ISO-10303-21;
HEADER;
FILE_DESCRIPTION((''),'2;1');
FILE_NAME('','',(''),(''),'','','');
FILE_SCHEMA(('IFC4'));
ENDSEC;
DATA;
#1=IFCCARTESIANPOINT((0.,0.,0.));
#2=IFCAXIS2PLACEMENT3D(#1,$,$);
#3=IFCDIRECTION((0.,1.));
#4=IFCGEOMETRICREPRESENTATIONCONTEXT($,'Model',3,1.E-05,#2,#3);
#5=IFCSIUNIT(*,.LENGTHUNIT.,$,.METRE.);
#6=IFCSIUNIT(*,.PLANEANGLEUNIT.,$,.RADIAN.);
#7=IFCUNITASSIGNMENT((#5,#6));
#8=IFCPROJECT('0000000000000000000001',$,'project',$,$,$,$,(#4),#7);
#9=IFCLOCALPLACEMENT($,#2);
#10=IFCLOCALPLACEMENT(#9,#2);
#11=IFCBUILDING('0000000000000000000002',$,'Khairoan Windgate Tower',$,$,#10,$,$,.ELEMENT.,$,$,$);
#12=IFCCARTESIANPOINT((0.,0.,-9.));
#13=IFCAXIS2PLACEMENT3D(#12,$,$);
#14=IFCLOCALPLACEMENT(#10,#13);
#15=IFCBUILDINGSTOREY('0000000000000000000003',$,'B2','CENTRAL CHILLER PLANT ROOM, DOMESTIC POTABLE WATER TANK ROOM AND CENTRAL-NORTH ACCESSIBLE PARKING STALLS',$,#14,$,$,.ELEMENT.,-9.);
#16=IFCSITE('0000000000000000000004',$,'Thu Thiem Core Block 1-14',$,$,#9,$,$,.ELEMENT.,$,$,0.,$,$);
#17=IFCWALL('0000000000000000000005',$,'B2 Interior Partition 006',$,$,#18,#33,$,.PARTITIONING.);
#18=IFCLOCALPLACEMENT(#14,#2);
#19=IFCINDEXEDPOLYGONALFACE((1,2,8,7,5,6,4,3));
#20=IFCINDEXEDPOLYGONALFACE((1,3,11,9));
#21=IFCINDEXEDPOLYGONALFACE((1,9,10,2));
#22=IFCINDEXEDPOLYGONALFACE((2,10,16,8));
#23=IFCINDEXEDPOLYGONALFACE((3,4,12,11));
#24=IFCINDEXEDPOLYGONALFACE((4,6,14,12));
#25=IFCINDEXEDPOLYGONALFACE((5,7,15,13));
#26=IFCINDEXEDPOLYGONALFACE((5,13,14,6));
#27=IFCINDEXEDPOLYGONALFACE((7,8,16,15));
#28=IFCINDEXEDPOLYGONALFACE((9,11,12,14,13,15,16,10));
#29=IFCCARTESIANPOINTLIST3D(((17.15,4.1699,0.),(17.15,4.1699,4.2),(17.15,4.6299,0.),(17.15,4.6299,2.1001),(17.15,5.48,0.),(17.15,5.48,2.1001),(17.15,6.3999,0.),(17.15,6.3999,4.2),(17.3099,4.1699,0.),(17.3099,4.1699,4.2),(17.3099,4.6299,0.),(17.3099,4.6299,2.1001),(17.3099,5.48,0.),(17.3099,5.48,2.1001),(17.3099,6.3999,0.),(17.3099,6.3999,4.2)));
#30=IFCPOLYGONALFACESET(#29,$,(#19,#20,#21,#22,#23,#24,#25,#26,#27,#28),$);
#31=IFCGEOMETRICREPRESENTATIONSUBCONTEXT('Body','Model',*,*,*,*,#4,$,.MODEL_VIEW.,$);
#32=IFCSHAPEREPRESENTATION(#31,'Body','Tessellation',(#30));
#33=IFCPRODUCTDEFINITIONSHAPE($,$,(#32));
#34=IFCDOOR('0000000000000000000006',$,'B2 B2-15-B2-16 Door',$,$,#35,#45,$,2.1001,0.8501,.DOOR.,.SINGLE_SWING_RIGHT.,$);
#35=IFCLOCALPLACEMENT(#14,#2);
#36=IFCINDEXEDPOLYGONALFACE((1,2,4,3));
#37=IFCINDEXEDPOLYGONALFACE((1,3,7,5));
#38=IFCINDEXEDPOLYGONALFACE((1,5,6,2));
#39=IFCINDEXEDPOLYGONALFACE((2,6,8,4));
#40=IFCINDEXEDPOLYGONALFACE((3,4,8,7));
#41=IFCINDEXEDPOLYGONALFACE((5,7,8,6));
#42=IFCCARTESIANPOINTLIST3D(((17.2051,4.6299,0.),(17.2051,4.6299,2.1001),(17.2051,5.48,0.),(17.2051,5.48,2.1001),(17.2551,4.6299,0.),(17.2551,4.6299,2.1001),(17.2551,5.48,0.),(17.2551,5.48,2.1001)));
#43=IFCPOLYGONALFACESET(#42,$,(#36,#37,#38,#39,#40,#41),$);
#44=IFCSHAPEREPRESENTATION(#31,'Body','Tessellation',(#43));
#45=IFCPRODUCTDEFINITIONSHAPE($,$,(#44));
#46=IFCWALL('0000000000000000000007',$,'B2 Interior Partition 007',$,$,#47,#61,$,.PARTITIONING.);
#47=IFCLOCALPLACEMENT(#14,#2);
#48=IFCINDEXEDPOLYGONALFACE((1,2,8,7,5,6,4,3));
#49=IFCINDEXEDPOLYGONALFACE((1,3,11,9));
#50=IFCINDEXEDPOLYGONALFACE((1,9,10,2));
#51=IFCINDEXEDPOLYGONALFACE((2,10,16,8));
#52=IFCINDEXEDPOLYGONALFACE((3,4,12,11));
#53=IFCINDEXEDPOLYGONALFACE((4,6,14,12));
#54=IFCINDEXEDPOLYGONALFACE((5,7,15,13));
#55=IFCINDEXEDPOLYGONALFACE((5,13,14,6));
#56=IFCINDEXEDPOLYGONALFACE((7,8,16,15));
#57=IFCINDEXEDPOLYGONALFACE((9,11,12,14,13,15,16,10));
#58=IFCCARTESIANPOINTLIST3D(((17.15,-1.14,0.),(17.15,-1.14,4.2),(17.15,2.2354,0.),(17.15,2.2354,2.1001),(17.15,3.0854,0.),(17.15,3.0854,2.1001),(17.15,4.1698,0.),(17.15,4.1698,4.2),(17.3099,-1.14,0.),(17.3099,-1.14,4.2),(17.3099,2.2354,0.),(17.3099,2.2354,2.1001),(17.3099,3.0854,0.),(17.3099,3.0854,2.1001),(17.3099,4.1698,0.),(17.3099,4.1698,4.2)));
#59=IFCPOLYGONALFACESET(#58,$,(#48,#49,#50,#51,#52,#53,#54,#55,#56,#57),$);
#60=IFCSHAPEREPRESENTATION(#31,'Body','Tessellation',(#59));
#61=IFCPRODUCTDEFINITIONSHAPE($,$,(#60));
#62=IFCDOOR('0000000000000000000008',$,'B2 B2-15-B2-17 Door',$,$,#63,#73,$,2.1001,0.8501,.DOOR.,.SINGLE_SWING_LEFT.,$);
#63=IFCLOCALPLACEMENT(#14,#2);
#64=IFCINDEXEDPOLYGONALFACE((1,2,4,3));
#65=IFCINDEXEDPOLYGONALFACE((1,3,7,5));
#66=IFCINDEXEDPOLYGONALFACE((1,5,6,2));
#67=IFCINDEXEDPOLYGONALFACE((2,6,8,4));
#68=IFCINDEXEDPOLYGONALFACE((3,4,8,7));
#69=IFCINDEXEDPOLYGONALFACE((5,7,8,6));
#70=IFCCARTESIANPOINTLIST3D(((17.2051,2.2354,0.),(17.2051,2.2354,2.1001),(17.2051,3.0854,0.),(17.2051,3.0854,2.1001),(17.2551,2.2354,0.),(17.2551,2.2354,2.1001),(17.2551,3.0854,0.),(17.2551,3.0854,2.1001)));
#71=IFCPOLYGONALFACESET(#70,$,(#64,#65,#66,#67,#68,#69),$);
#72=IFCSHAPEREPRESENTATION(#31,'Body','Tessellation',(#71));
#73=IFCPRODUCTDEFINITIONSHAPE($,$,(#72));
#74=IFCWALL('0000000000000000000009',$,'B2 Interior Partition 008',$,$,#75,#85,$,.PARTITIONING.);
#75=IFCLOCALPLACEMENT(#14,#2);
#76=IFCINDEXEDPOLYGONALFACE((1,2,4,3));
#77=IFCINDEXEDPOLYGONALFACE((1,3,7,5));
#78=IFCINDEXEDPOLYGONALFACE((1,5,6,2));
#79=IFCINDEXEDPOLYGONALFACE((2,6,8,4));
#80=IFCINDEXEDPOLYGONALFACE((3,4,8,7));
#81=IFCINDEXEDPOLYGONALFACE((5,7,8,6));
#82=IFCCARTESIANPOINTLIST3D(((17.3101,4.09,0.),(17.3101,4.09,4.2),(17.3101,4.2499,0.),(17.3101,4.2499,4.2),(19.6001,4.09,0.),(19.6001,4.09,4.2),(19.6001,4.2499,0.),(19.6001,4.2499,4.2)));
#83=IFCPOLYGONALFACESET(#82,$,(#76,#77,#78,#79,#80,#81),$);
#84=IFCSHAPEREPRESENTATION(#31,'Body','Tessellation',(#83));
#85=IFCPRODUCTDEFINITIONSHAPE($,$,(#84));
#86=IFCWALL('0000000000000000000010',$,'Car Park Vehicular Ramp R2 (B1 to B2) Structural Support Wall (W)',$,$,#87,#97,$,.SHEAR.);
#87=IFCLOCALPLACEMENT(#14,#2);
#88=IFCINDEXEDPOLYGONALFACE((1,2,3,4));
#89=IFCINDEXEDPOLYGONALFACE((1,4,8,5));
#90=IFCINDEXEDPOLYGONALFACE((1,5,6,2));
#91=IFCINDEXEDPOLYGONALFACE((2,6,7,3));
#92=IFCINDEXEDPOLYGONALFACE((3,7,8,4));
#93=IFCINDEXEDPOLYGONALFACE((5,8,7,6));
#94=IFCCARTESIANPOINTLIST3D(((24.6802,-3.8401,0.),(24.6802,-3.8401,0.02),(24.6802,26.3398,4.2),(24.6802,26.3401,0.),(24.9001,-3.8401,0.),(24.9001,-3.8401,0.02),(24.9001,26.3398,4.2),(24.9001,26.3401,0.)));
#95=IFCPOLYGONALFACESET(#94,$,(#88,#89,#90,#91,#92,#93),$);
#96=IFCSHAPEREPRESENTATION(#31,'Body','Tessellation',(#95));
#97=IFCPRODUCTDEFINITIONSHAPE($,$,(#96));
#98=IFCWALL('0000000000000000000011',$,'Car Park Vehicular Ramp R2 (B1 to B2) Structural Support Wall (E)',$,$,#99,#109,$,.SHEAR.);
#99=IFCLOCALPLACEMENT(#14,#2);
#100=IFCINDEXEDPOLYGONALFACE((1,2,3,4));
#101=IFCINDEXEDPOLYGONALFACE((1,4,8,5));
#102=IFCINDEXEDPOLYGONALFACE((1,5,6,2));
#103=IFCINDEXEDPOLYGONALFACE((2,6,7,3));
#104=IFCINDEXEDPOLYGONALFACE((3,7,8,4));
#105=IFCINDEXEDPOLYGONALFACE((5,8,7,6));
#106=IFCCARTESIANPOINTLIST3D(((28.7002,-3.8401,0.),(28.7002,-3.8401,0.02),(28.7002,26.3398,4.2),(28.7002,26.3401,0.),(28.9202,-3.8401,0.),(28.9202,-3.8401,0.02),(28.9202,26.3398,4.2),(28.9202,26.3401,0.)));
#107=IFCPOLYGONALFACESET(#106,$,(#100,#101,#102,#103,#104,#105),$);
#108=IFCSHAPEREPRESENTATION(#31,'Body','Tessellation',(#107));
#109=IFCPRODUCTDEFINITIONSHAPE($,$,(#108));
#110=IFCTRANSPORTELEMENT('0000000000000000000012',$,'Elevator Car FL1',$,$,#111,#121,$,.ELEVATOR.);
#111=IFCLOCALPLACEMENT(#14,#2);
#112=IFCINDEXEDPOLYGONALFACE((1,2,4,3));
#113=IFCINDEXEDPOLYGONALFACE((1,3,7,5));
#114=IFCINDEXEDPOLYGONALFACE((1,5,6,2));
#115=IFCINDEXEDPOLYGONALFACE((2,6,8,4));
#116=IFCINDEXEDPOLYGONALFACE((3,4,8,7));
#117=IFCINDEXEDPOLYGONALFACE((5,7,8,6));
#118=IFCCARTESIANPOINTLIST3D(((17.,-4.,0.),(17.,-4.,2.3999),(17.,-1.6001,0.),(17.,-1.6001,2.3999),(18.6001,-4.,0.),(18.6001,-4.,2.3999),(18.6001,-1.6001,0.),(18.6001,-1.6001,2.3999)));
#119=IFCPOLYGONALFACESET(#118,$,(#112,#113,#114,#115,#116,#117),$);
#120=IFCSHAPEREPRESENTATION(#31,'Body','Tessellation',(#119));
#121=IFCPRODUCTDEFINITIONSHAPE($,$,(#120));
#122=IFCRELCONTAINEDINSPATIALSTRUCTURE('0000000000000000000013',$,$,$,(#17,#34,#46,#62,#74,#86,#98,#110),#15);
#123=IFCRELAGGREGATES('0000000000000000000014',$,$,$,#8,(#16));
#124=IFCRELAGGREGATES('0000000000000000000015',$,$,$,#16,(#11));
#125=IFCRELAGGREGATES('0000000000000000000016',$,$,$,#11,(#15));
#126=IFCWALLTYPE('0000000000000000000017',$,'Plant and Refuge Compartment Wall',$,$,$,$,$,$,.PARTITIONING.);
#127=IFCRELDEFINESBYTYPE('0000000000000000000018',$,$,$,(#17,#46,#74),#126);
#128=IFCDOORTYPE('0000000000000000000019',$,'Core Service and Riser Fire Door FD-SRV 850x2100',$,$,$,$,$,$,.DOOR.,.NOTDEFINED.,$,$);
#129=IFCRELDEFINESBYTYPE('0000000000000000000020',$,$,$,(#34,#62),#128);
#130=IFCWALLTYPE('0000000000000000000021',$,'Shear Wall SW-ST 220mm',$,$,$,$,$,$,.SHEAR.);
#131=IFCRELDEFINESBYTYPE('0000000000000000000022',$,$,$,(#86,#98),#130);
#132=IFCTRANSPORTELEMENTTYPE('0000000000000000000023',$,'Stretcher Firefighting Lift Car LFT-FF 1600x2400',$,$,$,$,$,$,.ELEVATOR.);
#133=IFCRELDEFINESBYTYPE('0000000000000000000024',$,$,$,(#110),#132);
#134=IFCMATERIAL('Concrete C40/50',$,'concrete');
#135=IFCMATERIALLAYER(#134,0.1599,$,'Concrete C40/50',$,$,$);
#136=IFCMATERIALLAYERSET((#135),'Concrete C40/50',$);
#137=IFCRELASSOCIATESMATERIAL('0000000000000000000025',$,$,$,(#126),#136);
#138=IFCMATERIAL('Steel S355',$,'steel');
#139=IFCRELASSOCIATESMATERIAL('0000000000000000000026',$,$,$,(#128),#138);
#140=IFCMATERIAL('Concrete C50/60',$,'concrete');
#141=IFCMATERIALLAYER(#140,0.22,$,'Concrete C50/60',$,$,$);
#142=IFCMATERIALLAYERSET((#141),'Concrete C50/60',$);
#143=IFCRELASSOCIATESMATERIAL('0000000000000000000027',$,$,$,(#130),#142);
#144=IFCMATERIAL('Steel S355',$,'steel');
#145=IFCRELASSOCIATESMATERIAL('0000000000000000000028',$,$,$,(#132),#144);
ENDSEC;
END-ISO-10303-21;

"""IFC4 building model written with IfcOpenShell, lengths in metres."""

from ifc_helpers import new_model, si_unit, direction, frame, frame_2d, origin, origin_2d, place, context, subcontext, project, spatial, polyline, rectangle, outline, extrude, material, layer, layer_set, type_object, element, fill, save


model = new_model("IFC4")

# Units and contexts
model_context = context("Model", 3, precision=1e-05, world=origin(), true_north=direction((0.0, 1.0)))
body_context = subcontext(model_context, "Body", "Model", "MODEL_VIEW")
ifc_project = project(units=[si_unit("LENGTHUNIT", "METRE"), si_unit("PLANEANGLEUNIT", "RADIAN")], contexts=[model_context])

# Site, building, storey
site_placement = place(None, origin())
site = spatial("IfcSite", under=ifc_project, at=site_placement, Name="Thu Thiem Core Block 1-14", CompositionType="ELEMENT", RefElevation=0.0)
building_placement = place(site_placement, origin())
building = spatial("IfcBuilding", under=site, at=building_placement, Name="Khairoan Windgate Tower", CompositionType="ELEMENT")
storey_placement = place(building_placement, frame((0.0, 0.0, -9.0)))
storey = spatial("IfcBuildingStorey", under=building, at=storey_placement, Name="B2", Description="CENTRAL CHILLER PLANT ROOM, DOMESTIC POTABLE WATER TANK ROOM AND CENTRAL-NORTH ACCESSIBLE PARKING STALLS", CompositionType="ELEMENT", Elevation=-9.0)

# Walls, openings, doors
ifc_material_1 = material(Name="Concrete C40/50", Category="concrete")
ifc_layer_1 = layer(ifc_material_1, 0.1599, Name="Concrete C40/50")
ifc_layer_set_1 = layer_set([ifc_layer_1], Name="Concrete C40/50")
wall_type_1 = type_object("IfcWallType", Name="Plant and Refuge Compartment Wall", PredefinedType="PARTITIONING", material=ifc_layer_set_1)
wall_1_placement = place(storey_placement, frame((17.23, 4.1699, 0.0), z_axis=(0.0, 0.0, 1.0), x_axis=(0.0, 1.0, 0.0)))
wall_1 = element("IfcWall", 1, at=wall_1_placement, inside=storey, type_object=wall_type_1, Name="B2 Interior Partition 006", PredefinedType="PARTITIONING", context=body_context, shape_type="SweptSolid", body=[
    extrude(rectangle(XDim=2.23, YDim=0.1599, at=frame_2d((1.115, 0.0))), origin(), (0.0, 0.0, 1.0), 4.2),
])
opening_1_placement = place(wall_1_placement, frame((0.46, 0.0, 0.0)))
opening_1 = element("IfcOpeningElement", 2, at=opening_1_placement, cuts=wall_1, PredefinedType="OPENING", context=body_context, shape_type="SweptSolid", body=[
    extrude(rectangle(XDim=0.8501, YDim=2.1001, at=frame_2d((0.425, 1.05))), frame((0.0, 0.0898, 0.0), z_axis=(0.0, -1.0, 0.0), x_axis=(1.0, 0.0, 0.0)), (0.0, 0.0, 1.0), 0.1799),
])
ifc_material_2 = material(Name="Steel S355", Category="steel")
door_type = type_object("IfcDoorType", Name="Core Service and Riser Fire Door FD-SRV 850x2100", OperationType="NOTDEFINED", PredefinedType="DOOR", material=ifc_material_2)
door_1_placement = place(opening_1_placement, origin())
door_1 = element("IfcDoor", 3, at=door_1_placement, inside=storey, type_object=door_type, Name="B2 B2-15-B2-16 Door", OperationType="SINGLE_SWING_RIGHT", OverallHeight=2.1001, OverallWidth=0.8501, PredefinedType="DOOR", context=body_context, shape_type="SweptSolid", body=[
    extrude(rectangle(XDim=0.8501, YDim=2.1001, at=frame_2d((0.425, 1.05))), frame((0.0, 0.0249, 0.0), z_axis=(0.0, -1.0, 0.0), x_axis=(1.0, 0.0, 0.0)), (0.0, 0.0, 1.0), 0.05),
])
fill(opening_1, door_1)
wall_2_placement = place(storey_placement, frame((17.23, -1.1399, 0.0), z_axis=(0.0, 0.0, 1.0), x_axis=(0.0, 1.0, 0.0)))
wall_2 = element("IfcWall", 4, at=wall_2_placement, inside=storey, type_object=wall_type_1, Name="B2 Interior Partition 007", PredefinedType="PARTITIONING", context=body_context, shape_type="SweptSolid", body=[
    extrude(rectangle(XDim=5.3098, YDim=0.1599, at=frame_2d((2.6548, 0.0))), origin(), (0.0, 0.0, 1.0), 4.2),
])
opening_2_placement = place(wall_2_placement, frame((3.3752, 0.0, 0.0)))
opening_2 = element("IfcOpeningElement", 5, at=opening_2_placement, cuts=wall_2, PredefinedType="OPENING", context=body_context, shape_type="SweptSolid", body=[
    extrude(rectangle(XDim=0.8501, YDim=2.1001, at=frame_2d((0.425, 1.05))), frame((0.0, 0.0898, 0.0), z_axis=(0.0, -1.0, 0.0), x_axis=(1.0, 0.0, 0.0)), (0.0, 0.0, 1.0), 0.1799),
])
door_2_placement = place(opening_2_placement, origin())
door_2 = element("IfcDoor", 6, at=door_2_placement, inside=storey, type_object=door_type, Name="B2 B2-15-B2-17 Door", OperationType="SINGLE_SWING_LEFT", OverallHeight=2.1001, OverallWidth=0.8501, PredefinedType="DOOR", context=body_context, shape_type="SweptSolid", body=[
    extrude(rectangle(XDim=0.8501, YDim=2.1001, at=frame_2d((0.425, 1.05))), frame((0.0, 0.0249, 0.0), z_axis=(0.0, -1.0, 0.0), x_axis=(1.0, 0.0, 0.0)), (0.0, 0.0, 1.0), 0.05),
])
fill(opening_2, door_2)

# Walls
wall_3_placement = place(storey_placement, frame((17.3101, 4.1699, 0.0), z_axis=(0.0, 0.0, 1.0), x_axis=(1.0, 0.0, 0.0)))
element("IfcWall", 7, at=wall_3_placement, inside=storey, type_object=wall_type_1, Name="B2 Interior Partition 008", PredefinedType="PARTITIONING", context=body_context, shape_type="SweptSolid", body=[
    extrude(rectangle(XDim=2.29, YDim=0.1599, at=frame_2d((1.145, 0.0))), origin(), (0.0, 0.0, 1.0), 4.2),
])
ifc_material_3 = material(Name="Concrete C50/60", Category="concrete")
ifc_layer_2 = layer(ifc_material_3, 0.22, Name="Concrete C50/60")
ifc_layer_set_2 = layer_set([ifc_layer_2], Name="Concrete C50/60")
wall_type_2 = type_object("IfcWallType", Name="Shear Wall SW-ST 220mm", PredefinedType="SHEAR", material=ifc_layer_set_2)
for number, where, z_axis, x_axis, name in (
    (8, (24.79, -3.8401, 0.0), (0.0, 0.0, 1.0), (0.0, 1.0, 0.0), "Car Park Vehicular Ramp R2 (B1 to B2) Structural Support Wall (W)"),
    (9, (28.8101, -3.8401, 0.0), (0.0, 0.0, 1.0), (0.0, 1.0, 0.0), "Car Park Vehicular Ramp R2 (B1 to B2) Structural Support Wall (E)"),
):
    element("IfcWall", number, at=place(storey_placement, frame(where, z_axis=z_axis, x_axis=x_axis)), inside=storey, type_object=wall_type_2, Name=name, PredefinedType="SHEAR", context=body_context, shape_type="SweptSolid", body=[
        extrude(outline(polyline([(0.0, 0.0), (30.1802, 0.0), (30.1799, 4.2), (0.0, 0.02), (0.0, 0.0)])), frame((0.0, 0.1099, 0.0), z_axis=(0.0, -1.0, 0.0), x_axis=(1.0, 0.0, 0.0)), (0.0, 0.0, 1.0), 0.22),
    ])

# Transport element
ifc_material_4 = material(Name="Steel S355", Category="steel")
transport_element_type = type_object("IfcTransportElementType", Name="Stretcher Firefighting Lift Car LFT-FF 1600x2400", PredefinedType="ELEVATOR", material=ifc_material_4)
transport_element_placement = place(storey_placement, frame((17.8, -2.8, 0.0), z_axis=(0.0, 0.0, 1.0), x_axis=(1.0, 0.0, 0.0)))
element("IfcTransportElement", 10, at=transport_element_placement, inside=storey, type_object=transport_element_type, Name="Elevator Car FL1", PredefinedType="ELEVATOR", context=body_context, shape_type="SweptSolid", body=[
    extrude(rectangle(XDim=1.6001, YDim=2.3999, at=origin_2d()), origin(), (0.0, 0.0, 1.0), 2.3999),
])

save(model, "model.ifc")
